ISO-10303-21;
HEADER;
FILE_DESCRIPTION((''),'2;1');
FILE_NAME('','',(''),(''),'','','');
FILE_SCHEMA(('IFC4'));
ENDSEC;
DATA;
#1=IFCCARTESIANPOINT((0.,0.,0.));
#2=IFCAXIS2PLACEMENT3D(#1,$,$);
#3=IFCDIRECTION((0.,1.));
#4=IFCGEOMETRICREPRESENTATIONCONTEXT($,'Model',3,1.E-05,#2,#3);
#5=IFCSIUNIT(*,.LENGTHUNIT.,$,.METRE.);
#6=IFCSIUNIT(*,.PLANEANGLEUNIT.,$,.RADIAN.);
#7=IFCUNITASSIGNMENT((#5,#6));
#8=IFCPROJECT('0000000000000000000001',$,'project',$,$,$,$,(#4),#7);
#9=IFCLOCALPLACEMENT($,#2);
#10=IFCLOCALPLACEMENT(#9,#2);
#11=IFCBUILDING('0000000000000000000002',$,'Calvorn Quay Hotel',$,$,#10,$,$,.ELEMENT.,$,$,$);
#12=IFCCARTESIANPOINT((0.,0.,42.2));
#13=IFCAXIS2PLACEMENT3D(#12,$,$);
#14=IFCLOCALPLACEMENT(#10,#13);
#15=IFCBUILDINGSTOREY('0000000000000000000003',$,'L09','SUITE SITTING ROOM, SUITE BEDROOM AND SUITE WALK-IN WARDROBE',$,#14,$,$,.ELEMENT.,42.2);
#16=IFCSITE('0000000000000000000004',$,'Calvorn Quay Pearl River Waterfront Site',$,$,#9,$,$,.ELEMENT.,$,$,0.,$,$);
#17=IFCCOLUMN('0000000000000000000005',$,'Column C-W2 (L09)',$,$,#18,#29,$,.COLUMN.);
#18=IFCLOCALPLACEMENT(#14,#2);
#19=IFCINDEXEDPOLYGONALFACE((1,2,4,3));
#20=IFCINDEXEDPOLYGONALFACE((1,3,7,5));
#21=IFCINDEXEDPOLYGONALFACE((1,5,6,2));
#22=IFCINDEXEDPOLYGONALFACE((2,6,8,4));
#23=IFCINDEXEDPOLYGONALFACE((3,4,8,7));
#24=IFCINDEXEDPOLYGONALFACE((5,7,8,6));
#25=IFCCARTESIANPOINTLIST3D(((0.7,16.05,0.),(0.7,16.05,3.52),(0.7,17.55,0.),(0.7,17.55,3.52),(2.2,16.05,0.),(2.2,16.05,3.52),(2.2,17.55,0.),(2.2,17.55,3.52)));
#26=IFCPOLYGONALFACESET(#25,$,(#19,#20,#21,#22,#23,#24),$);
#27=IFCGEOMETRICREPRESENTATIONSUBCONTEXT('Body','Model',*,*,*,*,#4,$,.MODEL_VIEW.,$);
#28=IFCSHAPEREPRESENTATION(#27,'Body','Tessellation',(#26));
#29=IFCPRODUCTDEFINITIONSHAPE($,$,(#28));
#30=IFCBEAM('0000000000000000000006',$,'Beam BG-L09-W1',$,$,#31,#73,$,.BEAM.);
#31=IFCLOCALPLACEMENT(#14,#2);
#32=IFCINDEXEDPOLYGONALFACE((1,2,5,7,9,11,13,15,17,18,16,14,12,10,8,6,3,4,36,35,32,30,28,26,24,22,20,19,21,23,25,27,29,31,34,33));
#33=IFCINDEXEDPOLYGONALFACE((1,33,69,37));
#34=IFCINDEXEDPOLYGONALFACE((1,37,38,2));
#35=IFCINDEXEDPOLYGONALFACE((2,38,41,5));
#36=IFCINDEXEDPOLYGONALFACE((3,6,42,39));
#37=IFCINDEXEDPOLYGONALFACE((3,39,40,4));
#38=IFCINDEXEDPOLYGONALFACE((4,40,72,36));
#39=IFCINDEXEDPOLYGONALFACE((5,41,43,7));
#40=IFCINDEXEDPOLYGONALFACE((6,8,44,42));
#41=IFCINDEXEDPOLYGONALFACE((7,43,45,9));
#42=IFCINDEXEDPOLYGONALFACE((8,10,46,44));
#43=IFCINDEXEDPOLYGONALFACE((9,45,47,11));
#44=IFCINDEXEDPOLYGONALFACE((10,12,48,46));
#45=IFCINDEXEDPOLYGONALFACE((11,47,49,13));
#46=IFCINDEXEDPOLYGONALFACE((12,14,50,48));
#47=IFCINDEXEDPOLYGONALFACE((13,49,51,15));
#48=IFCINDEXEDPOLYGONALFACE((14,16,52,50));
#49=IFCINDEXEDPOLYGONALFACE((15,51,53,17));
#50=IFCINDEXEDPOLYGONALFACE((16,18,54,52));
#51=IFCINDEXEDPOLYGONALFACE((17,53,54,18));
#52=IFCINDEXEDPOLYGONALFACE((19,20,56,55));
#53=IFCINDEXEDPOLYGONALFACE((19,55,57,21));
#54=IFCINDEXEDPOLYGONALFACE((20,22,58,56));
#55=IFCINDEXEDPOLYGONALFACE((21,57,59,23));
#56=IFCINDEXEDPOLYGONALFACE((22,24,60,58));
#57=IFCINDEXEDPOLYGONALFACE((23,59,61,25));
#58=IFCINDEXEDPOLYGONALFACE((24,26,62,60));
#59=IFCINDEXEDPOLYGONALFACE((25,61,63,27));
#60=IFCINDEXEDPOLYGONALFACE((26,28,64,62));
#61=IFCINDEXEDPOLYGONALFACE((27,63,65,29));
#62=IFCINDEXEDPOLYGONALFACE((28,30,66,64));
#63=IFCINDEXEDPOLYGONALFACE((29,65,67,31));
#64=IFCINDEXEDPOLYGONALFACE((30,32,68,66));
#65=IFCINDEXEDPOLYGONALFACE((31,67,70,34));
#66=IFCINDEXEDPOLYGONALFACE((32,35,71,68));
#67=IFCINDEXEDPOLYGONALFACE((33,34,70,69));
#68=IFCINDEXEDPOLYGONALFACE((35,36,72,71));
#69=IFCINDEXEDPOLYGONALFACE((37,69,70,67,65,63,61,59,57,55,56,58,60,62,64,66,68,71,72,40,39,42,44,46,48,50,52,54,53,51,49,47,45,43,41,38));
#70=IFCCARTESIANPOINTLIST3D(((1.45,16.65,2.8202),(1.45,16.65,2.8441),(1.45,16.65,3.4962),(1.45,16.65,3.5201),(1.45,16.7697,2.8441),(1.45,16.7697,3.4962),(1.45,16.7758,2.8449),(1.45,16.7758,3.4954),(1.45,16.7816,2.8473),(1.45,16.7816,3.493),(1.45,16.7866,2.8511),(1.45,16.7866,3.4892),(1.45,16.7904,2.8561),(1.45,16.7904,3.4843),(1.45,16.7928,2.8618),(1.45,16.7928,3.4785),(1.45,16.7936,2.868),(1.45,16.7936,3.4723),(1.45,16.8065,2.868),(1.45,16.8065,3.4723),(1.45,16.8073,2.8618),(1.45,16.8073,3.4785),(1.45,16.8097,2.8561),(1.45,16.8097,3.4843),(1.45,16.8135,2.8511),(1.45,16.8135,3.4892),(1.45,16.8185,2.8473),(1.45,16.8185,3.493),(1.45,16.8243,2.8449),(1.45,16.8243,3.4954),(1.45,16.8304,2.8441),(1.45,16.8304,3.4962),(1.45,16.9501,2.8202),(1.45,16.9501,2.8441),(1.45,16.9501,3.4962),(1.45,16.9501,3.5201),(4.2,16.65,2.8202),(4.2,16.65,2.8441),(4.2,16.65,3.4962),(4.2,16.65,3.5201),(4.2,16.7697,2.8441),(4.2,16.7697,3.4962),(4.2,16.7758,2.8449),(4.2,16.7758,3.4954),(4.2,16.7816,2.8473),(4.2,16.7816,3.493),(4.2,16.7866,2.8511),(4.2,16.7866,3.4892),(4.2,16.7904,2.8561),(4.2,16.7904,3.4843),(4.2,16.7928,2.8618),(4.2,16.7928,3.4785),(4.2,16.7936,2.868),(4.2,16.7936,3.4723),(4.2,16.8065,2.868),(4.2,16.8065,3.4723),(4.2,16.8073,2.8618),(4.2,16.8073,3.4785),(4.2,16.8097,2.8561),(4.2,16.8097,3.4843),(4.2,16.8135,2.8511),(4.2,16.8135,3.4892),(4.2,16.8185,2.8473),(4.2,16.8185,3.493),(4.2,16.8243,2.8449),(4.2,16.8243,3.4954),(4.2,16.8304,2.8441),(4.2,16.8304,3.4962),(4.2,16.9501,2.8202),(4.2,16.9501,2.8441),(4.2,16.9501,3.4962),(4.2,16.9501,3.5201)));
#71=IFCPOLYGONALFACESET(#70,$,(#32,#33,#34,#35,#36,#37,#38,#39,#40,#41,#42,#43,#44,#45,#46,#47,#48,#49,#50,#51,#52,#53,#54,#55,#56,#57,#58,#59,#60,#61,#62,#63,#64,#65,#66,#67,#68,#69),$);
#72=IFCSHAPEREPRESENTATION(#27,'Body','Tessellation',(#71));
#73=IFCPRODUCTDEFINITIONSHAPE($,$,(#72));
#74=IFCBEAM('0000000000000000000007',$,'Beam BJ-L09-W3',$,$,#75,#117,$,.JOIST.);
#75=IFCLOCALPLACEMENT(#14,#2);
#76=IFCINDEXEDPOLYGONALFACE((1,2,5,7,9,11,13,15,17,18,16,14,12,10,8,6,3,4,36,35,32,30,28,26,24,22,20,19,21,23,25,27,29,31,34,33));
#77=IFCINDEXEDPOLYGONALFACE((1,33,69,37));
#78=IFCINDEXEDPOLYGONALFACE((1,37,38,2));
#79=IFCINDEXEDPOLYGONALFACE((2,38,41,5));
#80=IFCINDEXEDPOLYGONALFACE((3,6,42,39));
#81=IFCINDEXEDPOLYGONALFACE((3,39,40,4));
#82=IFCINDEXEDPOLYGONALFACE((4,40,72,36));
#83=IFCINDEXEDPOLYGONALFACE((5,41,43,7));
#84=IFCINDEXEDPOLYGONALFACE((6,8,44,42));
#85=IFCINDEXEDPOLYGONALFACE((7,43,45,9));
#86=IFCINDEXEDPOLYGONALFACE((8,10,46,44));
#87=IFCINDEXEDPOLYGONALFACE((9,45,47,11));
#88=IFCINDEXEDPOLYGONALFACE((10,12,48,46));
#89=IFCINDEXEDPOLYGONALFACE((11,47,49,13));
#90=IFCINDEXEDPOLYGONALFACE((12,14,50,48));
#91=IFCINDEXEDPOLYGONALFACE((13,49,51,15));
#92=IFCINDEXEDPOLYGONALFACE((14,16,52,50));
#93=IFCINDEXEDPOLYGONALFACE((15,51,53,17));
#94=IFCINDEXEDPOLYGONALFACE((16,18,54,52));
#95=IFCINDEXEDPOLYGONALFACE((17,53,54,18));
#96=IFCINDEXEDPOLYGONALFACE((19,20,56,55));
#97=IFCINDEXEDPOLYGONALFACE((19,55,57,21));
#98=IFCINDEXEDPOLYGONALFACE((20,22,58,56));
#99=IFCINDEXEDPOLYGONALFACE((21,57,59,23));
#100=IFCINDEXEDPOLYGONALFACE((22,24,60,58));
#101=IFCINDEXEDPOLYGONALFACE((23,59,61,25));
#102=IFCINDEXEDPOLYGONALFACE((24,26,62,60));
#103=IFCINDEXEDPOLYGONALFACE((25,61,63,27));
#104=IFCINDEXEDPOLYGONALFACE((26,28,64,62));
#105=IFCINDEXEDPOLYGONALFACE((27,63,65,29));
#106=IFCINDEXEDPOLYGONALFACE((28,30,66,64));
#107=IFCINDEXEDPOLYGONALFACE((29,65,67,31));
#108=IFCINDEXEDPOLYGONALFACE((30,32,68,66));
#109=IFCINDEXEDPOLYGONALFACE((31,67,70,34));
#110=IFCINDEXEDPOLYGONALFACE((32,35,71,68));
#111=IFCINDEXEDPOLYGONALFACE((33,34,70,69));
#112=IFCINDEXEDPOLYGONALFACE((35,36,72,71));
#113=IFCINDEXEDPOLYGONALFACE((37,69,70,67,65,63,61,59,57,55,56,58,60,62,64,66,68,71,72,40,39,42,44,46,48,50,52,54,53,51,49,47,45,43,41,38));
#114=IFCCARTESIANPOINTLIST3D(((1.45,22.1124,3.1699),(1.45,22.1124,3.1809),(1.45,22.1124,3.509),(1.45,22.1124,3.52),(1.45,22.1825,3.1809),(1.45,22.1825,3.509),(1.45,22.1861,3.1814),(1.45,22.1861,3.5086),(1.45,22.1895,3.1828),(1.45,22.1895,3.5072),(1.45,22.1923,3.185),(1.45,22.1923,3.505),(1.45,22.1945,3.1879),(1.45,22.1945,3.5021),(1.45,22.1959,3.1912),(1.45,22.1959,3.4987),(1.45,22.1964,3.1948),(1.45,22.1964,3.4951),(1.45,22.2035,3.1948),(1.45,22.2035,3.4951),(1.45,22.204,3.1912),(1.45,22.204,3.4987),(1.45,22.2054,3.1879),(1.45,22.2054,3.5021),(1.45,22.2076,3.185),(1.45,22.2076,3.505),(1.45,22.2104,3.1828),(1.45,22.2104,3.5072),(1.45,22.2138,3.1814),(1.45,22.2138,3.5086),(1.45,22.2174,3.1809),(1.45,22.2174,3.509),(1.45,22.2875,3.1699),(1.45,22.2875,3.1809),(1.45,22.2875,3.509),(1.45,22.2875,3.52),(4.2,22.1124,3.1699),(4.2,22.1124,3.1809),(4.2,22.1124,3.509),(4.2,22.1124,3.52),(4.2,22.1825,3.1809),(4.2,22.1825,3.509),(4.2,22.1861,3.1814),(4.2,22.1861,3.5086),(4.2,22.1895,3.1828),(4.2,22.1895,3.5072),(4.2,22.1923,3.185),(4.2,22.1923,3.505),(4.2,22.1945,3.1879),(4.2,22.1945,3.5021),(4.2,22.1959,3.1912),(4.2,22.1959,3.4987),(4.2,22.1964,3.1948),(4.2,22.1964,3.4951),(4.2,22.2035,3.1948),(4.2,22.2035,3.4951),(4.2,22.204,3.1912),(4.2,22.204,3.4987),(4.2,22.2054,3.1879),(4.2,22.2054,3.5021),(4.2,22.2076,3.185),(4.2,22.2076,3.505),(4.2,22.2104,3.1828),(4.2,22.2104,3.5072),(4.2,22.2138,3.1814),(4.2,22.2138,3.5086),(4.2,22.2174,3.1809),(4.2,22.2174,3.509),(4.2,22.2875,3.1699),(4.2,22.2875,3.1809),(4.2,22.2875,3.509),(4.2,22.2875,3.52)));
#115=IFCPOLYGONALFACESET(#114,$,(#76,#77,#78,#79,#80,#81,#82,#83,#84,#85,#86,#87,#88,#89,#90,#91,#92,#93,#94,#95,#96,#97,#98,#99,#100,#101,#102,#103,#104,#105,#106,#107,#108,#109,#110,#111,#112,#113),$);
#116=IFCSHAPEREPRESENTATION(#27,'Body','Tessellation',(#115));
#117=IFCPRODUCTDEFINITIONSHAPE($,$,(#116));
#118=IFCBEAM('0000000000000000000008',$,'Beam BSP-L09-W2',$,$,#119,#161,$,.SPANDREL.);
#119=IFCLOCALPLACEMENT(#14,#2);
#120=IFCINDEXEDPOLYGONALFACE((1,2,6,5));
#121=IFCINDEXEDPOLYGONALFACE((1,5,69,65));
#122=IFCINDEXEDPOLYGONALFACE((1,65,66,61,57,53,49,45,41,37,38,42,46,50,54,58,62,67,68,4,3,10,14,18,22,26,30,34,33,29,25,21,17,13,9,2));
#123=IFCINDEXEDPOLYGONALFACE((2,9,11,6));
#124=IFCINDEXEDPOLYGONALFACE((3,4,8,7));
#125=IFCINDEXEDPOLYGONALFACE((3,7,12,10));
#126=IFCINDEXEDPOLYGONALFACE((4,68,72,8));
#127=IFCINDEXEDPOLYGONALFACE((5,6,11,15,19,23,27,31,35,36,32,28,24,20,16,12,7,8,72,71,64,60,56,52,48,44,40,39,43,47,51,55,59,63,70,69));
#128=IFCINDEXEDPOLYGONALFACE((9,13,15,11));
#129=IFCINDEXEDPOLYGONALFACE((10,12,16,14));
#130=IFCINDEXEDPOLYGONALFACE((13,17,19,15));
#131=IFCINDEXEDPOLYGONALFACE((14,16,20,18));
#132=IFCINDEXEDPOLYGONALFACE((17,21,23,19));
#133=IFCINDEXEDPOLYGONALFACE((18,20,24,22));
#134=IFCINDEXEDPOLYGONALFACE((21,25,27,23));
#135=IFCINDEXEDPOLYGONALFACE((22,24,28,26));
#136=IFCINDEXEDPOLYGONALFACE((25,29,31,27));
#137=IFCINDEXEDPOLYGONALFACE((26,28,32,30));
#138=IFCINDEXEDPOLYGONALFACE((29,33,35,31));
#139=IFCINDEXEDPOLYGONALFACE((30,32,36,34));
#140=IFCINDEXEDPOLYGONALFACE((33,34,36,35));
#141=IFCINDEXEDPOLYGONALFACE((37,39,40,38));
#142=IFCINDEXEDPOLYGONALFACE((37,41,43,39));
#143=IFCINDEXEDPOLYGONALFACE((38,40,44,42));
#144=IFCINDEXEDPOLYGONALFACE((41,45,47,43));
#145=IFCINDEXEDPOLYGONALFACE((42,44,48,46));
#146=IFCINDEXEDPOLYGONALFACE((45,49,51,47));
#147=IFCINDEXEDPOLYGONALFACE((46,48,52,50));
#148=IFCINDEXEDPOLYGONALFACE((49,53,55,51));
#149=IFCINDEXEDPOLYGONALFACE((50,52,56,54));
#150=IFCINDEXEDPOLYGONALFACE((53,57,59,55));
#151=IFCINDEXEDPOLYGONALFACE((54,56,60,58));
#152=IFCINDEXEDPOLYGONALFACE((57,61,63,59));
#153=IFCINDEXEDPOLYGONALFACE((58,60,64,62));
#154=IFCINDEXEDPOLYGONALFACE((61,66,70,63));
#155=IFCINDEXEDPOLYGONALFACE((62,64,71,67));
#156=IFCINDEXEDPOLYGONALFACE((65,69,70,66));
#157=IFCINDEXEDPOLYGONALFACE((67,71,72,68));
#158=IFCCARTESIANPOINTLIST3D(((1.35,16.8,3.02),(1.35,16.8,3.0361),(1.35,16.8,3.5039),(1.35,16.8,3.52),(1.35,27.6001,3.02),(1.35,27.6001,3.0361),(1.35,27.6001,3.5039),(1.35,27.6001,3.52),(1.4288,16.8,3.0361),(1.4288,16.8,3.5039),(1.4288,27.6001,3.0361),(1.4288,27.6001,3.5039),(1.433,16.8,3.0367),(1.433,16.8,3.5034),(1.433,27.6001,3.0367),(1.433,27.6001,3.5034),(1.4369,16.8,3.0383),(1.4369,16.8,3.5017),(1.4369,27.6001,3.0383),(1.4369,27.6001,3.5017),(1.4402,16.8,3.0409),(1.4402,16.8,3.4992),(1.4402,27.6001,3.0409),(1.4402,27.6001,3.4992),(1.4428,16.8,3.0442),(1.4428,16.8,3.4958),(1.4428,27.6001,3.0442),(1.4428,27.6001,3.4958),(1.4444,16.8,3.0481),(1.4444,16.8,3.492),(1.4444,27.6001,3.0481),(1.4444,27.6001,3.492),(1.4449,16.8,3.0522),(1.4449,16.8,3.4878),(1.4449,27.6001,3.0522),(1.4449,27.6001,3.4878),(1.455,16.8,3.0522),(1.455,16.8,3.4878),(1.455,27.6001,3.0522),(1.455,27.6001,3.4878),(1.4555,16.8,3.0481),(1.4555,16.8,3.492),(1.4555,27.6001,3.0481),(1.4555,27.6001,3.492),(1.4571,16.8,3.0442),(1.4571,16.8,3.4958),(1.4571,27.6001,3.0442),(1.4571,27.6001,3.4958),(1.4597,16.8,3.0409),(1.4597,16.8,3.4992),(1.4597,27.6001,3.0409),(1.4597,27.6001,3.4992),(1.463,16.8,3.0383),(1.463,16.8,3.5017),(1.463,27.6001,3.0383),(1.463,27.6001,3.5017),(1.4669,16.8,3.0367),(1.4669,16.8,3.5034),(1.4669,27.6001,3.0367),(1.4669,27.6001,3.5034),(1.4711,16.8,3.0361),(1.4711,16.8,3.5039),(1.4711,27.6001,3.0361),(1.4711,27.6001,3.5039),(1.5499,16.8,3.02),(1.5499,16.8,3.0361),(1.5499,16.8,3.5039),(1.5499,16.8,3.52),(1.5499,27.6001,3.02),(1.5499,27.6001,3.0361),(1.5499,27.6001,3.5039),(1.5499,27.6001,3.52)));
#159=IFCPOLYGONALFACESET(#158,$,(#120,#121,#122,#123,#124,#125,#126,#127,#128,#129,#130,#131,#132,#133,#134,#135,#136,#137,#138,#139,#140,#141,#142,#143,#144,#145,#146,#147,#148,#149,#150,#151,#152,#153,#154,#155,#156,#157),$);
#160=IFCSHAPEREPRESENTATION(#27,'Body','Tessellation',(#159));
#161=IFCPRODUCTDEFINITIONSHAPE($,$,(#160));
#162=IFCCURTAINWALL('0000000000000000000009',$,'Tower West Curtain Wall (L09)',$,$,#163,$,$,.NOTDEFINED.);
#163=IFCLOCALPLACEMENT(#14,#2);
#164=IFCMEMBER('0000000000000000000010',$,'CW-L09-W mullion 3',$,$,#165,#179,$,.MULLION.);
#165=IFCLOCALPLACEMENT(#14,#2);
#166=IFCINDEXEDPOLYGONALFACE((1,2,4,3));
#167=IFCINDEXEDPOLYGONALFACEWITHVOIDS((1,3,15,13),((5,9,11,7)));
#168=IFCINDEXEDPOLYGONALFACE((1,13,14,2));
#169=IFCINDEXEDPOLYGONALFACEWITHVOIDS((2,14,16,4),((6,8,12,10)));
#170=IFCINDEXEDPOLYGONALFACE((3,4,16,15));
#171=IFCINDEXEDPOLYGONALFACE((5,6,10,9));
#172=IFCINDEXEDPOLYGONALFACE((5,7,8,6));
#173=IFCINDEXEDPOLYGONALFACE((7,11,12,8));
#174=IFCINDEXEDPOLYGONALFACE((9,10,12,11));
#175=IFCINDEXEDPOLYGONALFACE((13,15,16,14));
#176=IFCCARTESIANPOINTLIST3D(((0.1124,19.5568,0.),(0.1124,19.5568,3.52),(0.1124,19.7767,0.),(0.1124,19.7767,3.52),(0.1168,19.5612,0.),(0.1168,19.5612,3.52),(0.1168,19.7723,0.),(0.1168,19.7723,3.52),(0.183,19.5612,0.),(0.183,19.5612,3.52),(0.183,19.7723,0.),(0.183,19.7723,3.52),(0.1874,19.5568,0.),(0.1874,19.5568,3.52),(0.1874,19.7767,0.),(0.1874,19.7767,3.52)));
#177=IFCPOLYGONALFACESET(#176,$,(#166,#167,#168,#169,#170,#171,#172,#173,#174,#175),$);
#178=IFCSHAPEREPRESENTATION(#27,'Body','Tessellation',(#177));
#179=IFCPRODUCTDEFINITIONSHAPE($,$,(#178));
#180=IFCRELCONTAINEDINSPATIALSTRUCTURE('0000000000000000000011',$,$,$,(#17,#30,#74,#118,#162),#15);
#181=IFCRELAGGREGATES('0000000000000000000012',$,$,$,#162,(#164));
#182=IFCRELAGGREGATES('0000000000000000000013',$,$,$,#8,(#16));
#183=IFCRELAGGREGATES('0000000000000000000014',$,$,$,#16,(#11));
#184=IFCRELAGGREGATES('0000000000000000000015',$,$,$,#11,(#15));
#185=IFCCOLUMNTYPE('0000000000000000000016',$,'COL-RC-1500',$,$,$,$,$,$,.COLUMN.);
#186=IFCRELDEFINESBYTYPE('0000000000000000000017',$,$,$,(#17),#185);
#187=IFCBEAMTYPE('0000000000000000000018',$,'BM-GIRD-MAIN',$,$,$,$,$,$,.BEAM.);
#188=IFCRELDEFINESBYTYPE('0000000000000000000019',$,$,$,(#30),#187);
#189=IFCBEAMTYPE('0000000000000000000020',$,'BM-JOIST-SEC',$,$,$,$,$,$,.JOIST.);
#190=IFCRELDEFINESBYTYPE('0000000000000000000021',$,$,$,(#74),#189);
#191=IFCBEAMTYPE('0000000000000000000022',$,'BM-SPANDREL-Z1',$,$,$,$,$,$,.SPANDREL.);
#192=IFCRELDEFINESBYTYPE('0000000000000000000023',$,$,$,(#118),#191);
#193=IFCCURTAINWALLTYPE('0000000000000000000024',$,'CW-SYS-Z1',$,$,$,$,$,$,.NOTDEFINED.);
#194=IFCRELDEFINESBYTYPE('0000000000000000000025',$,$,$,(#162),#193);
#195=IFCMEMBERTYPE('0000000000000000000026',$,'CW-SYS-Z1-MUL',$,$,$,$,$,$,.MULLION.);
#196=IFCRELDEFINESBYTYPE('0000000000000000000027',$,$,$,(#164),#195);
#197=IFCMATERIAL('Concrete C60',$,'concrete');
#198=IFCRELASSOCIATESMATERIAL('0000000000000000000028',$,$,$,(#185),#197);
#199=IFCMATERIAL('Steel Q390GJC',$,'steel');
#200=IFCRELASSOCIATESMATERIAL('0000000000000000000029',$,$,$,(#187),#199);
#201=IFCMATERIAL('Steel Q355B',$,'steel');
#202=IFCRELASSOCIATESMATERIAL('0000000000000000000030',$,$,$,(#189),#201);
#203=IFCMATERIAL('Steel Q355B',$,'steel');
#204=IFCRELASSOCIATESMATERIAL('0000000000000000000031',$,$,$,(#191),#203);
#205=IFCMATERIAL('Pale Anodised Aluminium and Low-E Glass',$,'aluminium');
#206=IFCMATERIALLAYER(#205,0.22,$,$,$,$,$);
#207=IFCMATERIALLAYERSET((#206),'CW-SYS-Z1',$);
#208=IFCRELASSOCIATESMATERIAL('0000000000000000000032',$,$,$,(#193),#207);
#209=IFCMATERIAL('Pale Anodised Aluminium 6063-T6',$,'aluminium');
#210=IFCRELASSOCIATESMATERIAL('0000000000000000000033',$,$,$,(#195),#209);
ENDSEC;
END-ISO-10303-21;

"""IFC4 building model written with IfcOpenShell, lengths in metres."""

from ifc_helpers import new_model, si_unit, direction, frame, origin, origin_2d, place, context, subcontext, project, spatial, rectangle, hollow_rectangle, i_section, extrude, material, layer, layer_set, material_profile, profile_set, type_object, element, aggregate, save


model = new_model("IFC4")

# Units and contexts
model_context = context("Model", 3, precision=1e-05, world=origin(), true_north=direction((0.0, 1.0)))
body_context = subcontext(model_context, "Body", "Model", "MODEL_VIEW")
ifc_project = project(units=[si_unit("LENGTHUNIT", "METRE"), si_unit("PLANEANGLEUNIT", "RADIAN")], contexts=[model_context])

# Site, building, storey
site_placement = place(None, origin())
site = spatial("IfcSite", under=ifc_project, at=site_placement, Name="Calvorn Quay Pearl River Waterfront Site", CompositionType="ELEMENT", RefElevation=0.0)
building_placement = place(site_placement, origin())
building = spatial("IfcBuilding", under=site, at=building_placement, Name="Calvorn Quay Hotel", CompositionType="ELEMENT")
storey_placement = place(building_placement, frame((0.0, 0.0, 42.2)))
storey = spatial("IfcBuildingStorey", under=building, at=storey_placement, Name="L09", Description="SUITE SITTING ROOM, SUITE BEDROOM AND SUITE WALK-IN WARDROBE", CompositionType="ELEMENT", Elevation=42.2)

# Column
ifc_material_1 = material(Name="Concrete C60", Category="concrete")
ifc_material_profile_1 = material_profile(ifc_material_1, rectangle(XDim=1.5, YDim=1.5, at=origin_2d()), Name="RC1500x1500")
ifc_profile_set_1 = profile_set([ifc_material_profile_1], Name="Concrete C60")
column_type = type_object("IfcColumnType", Name="COL-RC-1500", PredefinedType="COLUMN", material=ifc_profile_set_1)
column_placement = place(storey_placement, frame((1.45, 16.8, 0.0), z_axis=(0.0, 0.0, 1.0), x_axis=(1.0, 0.0, 0.0)))
element("IfcColumn", 1, at=column_placement, inside=storey, type_object=column_type, Name="Column C-W2 (L09)", PredefinedType="COLUMN", context=body_context, shape_type="SweptSolid", body=[
    extrude(rectangle(XDim=1.5, YDim=1.5, at=origin_2d()), origin(), (0.0, 0.0, 1.0), 3.52),
])

# Beams
ifc_material_2 = material(Name="Steel Q390GJC", Category="steel")
ifc_material_profile_2 = material_profile(ifc_material_2, i_section(OverallWidth=0.3, OverallDepth=0.7, WebThickness=0.0129, FlangeThickness=0.0239, FilletRadius=0.0239, at=origin_2d()), Name="HN700x300x13x24")
ifc_profile_set_2 = profile_set([ifc_material_profile_2], Name="Steel Q390GJC")
beam_type_1 = type_object("IfcBeamType", Name="BM-GIRD-MAIN", PredefinedType="BEAM", material=ifc_profile_set_2)
beam_1_placement = place(storey_placement, frame((1.45, 16.8, 3.1702), z_axis=(1.0, 0.0, 0.0), x_axis=(0.0, 1.0, 0.0)))
element("IfcBeam", 2, at=beam_1_placement, inside=storey, type_object=beam_type_1, Name="Beam BG-L09-W1", PredefinedType="BEAM", context=body_context, shape_type="SweptSolid", body=[
    extrude(i_section(OverallWidth=0.3, OverallDepth=0.7, WebThickness=0.0129, FlangeThickness=0.0239, FilletRadius=0.0239, at=origin_2d()), origin(), (0.0, 0.0, 1.0), 2.75),
])
ifc_material_3 = material(Name="Steel Q355B", Category="steel")
ifc_material_profile_3 = material_profile(ifc_material_3, i_section(OverallWidth=0.175, OverallDepth=0.3501, WebThickness=0.0071, FlangeThickness=0.011, FilletRadius=0.0139, at=origin_2d()), Name="HN350x175x7x11")
ifc_profile_set_3 = profile_set([ifc_material_profile_3], Name="Steel Q355B")
beam_type_2 = type_object("IfcBeamType", Name="BM-JOIST-SEC", PredefinedType="JOIST", material=ifc_profile_set_3)
beam_2_placement = place(storey_placement, frame((1.45, 22.2, 3.345), z_axis=(1.0, 0.0, 0.0), x_axis=(0.0, 1.0, 0.0)))
element("IfcBeam", 3, at=beam_2_placement, inside=storey, type_object=beam_type_2, Name="Beam BJ-L09-W3", PredefinedType="JOIST", context=body_context, shape_type="SweptSolid", body=[
    extrude(i_section(OverallWidth=0.175, OverallDepth=0.3501, WebThickness=0.0071, FlangeThickness=0.011, FilletRadius=0.0139, at=origin_2d()), origin(), (0.0, 0.0, 1.0), 2.75),
])
ifc_material_4 = material(Name="Steel Q355B", Category="steel")
ifc_material_profile_4 = material_profile(ifc_material_4, i_section(OverallWidth=0.2, OverallDepth=0.5, WebThickness=0.01, FlangeThickness=0.0161, FilletRadius=0.0161, at=origin_2d()), Name="HN500x200x10x16")
ifc_profile_set_4 = profile_set([ifc_material_profile_4], Name="Steel Q355B")
beam_type_3 = type_object("IfcBeamType", Name="BM-SPANDREL-Z1", PredefinedType="SPANDREL", material=ifc_profile_set_4)
beam_3_placement = place(storey_placement, frame((1.45, 16.8, 3.27), z_axis=(0.0, 1.0, 0.0), x_axis=(-1.0, 0.0, 0.0)))
element("IfcBeam", 4, at=beam_3_placement, inside=storey, type_object=beam_type_3, Name="Beam BSP-L09-W2", PredefinedType="SPANDREL", context=body_context, shape_type="SweptSolid", body=[
    extrude(i_section(OverallWidth=0.2, OverallDepth=0.5, WebThickness=0.01, FlangeThickness=0.0161, FilletRadius=0.0161, at=origin_2d()), origin(), (0.0, 0.0, 1.0), 10.8),
])

# Curtain wall, member
ifc_material_5 = material(Name="Pale Anodised Aluminium and Low-E Glass", Category="aluminium")
ifc_layer_1 = layer(ifc_material_5, 0.22)
ifc_layer_set_1 = layer_set([ifc_layer_1], Name="CW-SYS-Z1")
curtain_wall_type = type_object("IfcCurtainWallType", Name="CW-SYS-Z1", PredefinedType="NOTDEFINED", material=ifc_layer_set_1)
curtain_wall_placement = place(storey_placement, origin())
curtain_wall = element("IfcCurtainWall", 5, at=curtain_wall_placement, inside=storey, type_object=curtain_wall_type, Name="Tower West Curtain Wall (L09)", PredefinedType="NOTDEFINED")
ifc_material_6 = material(Name="Pale Anodised Aluminium 6063-T6", Category="aluminium")
ifc_material_profile_5 = material_profile(ifc_material_6, hollow_rectangle(XDim=0.075, YDim=0.22, WallThickness=0.0044, at=origin_2d()), Name="ALU-M220x75x4.5")
ifc_profile_set_5 = profile_set([ifc_material_profile_5], Name="Pale Anodised Aluminium 6063-T6")
member_type_1 = type_object("IfcMemberType", Name="CW-SYS-Z1-MUL", PredefinedType="MULLION", material=ifc_profile_set_5)
member_1_placement = place(storey_placement, frame((0.1499, 19.6667, 0.0), z_axis=(0.0, 0.0, 1.0), x_axis=(-1.0, 0.0, 0.0)))
member_1 = element("IfcMember", 6, at=member_1_placement, type_object=member_type_1, Name="CW-L09-W mullion 3", PredefinedType="MULLION", context=body_context, shape_type="SweptSolid", body=[
    extrude(hollow_rectangle(XDim=0.075, YDim=0.22, WallThickness=0.0044, at=origin_2d()), origin(), (0.0, 0.0, 1.0), 3.52),
])
aggregate(curtain_wall, [member_1])

save(model, "model.ifc")
